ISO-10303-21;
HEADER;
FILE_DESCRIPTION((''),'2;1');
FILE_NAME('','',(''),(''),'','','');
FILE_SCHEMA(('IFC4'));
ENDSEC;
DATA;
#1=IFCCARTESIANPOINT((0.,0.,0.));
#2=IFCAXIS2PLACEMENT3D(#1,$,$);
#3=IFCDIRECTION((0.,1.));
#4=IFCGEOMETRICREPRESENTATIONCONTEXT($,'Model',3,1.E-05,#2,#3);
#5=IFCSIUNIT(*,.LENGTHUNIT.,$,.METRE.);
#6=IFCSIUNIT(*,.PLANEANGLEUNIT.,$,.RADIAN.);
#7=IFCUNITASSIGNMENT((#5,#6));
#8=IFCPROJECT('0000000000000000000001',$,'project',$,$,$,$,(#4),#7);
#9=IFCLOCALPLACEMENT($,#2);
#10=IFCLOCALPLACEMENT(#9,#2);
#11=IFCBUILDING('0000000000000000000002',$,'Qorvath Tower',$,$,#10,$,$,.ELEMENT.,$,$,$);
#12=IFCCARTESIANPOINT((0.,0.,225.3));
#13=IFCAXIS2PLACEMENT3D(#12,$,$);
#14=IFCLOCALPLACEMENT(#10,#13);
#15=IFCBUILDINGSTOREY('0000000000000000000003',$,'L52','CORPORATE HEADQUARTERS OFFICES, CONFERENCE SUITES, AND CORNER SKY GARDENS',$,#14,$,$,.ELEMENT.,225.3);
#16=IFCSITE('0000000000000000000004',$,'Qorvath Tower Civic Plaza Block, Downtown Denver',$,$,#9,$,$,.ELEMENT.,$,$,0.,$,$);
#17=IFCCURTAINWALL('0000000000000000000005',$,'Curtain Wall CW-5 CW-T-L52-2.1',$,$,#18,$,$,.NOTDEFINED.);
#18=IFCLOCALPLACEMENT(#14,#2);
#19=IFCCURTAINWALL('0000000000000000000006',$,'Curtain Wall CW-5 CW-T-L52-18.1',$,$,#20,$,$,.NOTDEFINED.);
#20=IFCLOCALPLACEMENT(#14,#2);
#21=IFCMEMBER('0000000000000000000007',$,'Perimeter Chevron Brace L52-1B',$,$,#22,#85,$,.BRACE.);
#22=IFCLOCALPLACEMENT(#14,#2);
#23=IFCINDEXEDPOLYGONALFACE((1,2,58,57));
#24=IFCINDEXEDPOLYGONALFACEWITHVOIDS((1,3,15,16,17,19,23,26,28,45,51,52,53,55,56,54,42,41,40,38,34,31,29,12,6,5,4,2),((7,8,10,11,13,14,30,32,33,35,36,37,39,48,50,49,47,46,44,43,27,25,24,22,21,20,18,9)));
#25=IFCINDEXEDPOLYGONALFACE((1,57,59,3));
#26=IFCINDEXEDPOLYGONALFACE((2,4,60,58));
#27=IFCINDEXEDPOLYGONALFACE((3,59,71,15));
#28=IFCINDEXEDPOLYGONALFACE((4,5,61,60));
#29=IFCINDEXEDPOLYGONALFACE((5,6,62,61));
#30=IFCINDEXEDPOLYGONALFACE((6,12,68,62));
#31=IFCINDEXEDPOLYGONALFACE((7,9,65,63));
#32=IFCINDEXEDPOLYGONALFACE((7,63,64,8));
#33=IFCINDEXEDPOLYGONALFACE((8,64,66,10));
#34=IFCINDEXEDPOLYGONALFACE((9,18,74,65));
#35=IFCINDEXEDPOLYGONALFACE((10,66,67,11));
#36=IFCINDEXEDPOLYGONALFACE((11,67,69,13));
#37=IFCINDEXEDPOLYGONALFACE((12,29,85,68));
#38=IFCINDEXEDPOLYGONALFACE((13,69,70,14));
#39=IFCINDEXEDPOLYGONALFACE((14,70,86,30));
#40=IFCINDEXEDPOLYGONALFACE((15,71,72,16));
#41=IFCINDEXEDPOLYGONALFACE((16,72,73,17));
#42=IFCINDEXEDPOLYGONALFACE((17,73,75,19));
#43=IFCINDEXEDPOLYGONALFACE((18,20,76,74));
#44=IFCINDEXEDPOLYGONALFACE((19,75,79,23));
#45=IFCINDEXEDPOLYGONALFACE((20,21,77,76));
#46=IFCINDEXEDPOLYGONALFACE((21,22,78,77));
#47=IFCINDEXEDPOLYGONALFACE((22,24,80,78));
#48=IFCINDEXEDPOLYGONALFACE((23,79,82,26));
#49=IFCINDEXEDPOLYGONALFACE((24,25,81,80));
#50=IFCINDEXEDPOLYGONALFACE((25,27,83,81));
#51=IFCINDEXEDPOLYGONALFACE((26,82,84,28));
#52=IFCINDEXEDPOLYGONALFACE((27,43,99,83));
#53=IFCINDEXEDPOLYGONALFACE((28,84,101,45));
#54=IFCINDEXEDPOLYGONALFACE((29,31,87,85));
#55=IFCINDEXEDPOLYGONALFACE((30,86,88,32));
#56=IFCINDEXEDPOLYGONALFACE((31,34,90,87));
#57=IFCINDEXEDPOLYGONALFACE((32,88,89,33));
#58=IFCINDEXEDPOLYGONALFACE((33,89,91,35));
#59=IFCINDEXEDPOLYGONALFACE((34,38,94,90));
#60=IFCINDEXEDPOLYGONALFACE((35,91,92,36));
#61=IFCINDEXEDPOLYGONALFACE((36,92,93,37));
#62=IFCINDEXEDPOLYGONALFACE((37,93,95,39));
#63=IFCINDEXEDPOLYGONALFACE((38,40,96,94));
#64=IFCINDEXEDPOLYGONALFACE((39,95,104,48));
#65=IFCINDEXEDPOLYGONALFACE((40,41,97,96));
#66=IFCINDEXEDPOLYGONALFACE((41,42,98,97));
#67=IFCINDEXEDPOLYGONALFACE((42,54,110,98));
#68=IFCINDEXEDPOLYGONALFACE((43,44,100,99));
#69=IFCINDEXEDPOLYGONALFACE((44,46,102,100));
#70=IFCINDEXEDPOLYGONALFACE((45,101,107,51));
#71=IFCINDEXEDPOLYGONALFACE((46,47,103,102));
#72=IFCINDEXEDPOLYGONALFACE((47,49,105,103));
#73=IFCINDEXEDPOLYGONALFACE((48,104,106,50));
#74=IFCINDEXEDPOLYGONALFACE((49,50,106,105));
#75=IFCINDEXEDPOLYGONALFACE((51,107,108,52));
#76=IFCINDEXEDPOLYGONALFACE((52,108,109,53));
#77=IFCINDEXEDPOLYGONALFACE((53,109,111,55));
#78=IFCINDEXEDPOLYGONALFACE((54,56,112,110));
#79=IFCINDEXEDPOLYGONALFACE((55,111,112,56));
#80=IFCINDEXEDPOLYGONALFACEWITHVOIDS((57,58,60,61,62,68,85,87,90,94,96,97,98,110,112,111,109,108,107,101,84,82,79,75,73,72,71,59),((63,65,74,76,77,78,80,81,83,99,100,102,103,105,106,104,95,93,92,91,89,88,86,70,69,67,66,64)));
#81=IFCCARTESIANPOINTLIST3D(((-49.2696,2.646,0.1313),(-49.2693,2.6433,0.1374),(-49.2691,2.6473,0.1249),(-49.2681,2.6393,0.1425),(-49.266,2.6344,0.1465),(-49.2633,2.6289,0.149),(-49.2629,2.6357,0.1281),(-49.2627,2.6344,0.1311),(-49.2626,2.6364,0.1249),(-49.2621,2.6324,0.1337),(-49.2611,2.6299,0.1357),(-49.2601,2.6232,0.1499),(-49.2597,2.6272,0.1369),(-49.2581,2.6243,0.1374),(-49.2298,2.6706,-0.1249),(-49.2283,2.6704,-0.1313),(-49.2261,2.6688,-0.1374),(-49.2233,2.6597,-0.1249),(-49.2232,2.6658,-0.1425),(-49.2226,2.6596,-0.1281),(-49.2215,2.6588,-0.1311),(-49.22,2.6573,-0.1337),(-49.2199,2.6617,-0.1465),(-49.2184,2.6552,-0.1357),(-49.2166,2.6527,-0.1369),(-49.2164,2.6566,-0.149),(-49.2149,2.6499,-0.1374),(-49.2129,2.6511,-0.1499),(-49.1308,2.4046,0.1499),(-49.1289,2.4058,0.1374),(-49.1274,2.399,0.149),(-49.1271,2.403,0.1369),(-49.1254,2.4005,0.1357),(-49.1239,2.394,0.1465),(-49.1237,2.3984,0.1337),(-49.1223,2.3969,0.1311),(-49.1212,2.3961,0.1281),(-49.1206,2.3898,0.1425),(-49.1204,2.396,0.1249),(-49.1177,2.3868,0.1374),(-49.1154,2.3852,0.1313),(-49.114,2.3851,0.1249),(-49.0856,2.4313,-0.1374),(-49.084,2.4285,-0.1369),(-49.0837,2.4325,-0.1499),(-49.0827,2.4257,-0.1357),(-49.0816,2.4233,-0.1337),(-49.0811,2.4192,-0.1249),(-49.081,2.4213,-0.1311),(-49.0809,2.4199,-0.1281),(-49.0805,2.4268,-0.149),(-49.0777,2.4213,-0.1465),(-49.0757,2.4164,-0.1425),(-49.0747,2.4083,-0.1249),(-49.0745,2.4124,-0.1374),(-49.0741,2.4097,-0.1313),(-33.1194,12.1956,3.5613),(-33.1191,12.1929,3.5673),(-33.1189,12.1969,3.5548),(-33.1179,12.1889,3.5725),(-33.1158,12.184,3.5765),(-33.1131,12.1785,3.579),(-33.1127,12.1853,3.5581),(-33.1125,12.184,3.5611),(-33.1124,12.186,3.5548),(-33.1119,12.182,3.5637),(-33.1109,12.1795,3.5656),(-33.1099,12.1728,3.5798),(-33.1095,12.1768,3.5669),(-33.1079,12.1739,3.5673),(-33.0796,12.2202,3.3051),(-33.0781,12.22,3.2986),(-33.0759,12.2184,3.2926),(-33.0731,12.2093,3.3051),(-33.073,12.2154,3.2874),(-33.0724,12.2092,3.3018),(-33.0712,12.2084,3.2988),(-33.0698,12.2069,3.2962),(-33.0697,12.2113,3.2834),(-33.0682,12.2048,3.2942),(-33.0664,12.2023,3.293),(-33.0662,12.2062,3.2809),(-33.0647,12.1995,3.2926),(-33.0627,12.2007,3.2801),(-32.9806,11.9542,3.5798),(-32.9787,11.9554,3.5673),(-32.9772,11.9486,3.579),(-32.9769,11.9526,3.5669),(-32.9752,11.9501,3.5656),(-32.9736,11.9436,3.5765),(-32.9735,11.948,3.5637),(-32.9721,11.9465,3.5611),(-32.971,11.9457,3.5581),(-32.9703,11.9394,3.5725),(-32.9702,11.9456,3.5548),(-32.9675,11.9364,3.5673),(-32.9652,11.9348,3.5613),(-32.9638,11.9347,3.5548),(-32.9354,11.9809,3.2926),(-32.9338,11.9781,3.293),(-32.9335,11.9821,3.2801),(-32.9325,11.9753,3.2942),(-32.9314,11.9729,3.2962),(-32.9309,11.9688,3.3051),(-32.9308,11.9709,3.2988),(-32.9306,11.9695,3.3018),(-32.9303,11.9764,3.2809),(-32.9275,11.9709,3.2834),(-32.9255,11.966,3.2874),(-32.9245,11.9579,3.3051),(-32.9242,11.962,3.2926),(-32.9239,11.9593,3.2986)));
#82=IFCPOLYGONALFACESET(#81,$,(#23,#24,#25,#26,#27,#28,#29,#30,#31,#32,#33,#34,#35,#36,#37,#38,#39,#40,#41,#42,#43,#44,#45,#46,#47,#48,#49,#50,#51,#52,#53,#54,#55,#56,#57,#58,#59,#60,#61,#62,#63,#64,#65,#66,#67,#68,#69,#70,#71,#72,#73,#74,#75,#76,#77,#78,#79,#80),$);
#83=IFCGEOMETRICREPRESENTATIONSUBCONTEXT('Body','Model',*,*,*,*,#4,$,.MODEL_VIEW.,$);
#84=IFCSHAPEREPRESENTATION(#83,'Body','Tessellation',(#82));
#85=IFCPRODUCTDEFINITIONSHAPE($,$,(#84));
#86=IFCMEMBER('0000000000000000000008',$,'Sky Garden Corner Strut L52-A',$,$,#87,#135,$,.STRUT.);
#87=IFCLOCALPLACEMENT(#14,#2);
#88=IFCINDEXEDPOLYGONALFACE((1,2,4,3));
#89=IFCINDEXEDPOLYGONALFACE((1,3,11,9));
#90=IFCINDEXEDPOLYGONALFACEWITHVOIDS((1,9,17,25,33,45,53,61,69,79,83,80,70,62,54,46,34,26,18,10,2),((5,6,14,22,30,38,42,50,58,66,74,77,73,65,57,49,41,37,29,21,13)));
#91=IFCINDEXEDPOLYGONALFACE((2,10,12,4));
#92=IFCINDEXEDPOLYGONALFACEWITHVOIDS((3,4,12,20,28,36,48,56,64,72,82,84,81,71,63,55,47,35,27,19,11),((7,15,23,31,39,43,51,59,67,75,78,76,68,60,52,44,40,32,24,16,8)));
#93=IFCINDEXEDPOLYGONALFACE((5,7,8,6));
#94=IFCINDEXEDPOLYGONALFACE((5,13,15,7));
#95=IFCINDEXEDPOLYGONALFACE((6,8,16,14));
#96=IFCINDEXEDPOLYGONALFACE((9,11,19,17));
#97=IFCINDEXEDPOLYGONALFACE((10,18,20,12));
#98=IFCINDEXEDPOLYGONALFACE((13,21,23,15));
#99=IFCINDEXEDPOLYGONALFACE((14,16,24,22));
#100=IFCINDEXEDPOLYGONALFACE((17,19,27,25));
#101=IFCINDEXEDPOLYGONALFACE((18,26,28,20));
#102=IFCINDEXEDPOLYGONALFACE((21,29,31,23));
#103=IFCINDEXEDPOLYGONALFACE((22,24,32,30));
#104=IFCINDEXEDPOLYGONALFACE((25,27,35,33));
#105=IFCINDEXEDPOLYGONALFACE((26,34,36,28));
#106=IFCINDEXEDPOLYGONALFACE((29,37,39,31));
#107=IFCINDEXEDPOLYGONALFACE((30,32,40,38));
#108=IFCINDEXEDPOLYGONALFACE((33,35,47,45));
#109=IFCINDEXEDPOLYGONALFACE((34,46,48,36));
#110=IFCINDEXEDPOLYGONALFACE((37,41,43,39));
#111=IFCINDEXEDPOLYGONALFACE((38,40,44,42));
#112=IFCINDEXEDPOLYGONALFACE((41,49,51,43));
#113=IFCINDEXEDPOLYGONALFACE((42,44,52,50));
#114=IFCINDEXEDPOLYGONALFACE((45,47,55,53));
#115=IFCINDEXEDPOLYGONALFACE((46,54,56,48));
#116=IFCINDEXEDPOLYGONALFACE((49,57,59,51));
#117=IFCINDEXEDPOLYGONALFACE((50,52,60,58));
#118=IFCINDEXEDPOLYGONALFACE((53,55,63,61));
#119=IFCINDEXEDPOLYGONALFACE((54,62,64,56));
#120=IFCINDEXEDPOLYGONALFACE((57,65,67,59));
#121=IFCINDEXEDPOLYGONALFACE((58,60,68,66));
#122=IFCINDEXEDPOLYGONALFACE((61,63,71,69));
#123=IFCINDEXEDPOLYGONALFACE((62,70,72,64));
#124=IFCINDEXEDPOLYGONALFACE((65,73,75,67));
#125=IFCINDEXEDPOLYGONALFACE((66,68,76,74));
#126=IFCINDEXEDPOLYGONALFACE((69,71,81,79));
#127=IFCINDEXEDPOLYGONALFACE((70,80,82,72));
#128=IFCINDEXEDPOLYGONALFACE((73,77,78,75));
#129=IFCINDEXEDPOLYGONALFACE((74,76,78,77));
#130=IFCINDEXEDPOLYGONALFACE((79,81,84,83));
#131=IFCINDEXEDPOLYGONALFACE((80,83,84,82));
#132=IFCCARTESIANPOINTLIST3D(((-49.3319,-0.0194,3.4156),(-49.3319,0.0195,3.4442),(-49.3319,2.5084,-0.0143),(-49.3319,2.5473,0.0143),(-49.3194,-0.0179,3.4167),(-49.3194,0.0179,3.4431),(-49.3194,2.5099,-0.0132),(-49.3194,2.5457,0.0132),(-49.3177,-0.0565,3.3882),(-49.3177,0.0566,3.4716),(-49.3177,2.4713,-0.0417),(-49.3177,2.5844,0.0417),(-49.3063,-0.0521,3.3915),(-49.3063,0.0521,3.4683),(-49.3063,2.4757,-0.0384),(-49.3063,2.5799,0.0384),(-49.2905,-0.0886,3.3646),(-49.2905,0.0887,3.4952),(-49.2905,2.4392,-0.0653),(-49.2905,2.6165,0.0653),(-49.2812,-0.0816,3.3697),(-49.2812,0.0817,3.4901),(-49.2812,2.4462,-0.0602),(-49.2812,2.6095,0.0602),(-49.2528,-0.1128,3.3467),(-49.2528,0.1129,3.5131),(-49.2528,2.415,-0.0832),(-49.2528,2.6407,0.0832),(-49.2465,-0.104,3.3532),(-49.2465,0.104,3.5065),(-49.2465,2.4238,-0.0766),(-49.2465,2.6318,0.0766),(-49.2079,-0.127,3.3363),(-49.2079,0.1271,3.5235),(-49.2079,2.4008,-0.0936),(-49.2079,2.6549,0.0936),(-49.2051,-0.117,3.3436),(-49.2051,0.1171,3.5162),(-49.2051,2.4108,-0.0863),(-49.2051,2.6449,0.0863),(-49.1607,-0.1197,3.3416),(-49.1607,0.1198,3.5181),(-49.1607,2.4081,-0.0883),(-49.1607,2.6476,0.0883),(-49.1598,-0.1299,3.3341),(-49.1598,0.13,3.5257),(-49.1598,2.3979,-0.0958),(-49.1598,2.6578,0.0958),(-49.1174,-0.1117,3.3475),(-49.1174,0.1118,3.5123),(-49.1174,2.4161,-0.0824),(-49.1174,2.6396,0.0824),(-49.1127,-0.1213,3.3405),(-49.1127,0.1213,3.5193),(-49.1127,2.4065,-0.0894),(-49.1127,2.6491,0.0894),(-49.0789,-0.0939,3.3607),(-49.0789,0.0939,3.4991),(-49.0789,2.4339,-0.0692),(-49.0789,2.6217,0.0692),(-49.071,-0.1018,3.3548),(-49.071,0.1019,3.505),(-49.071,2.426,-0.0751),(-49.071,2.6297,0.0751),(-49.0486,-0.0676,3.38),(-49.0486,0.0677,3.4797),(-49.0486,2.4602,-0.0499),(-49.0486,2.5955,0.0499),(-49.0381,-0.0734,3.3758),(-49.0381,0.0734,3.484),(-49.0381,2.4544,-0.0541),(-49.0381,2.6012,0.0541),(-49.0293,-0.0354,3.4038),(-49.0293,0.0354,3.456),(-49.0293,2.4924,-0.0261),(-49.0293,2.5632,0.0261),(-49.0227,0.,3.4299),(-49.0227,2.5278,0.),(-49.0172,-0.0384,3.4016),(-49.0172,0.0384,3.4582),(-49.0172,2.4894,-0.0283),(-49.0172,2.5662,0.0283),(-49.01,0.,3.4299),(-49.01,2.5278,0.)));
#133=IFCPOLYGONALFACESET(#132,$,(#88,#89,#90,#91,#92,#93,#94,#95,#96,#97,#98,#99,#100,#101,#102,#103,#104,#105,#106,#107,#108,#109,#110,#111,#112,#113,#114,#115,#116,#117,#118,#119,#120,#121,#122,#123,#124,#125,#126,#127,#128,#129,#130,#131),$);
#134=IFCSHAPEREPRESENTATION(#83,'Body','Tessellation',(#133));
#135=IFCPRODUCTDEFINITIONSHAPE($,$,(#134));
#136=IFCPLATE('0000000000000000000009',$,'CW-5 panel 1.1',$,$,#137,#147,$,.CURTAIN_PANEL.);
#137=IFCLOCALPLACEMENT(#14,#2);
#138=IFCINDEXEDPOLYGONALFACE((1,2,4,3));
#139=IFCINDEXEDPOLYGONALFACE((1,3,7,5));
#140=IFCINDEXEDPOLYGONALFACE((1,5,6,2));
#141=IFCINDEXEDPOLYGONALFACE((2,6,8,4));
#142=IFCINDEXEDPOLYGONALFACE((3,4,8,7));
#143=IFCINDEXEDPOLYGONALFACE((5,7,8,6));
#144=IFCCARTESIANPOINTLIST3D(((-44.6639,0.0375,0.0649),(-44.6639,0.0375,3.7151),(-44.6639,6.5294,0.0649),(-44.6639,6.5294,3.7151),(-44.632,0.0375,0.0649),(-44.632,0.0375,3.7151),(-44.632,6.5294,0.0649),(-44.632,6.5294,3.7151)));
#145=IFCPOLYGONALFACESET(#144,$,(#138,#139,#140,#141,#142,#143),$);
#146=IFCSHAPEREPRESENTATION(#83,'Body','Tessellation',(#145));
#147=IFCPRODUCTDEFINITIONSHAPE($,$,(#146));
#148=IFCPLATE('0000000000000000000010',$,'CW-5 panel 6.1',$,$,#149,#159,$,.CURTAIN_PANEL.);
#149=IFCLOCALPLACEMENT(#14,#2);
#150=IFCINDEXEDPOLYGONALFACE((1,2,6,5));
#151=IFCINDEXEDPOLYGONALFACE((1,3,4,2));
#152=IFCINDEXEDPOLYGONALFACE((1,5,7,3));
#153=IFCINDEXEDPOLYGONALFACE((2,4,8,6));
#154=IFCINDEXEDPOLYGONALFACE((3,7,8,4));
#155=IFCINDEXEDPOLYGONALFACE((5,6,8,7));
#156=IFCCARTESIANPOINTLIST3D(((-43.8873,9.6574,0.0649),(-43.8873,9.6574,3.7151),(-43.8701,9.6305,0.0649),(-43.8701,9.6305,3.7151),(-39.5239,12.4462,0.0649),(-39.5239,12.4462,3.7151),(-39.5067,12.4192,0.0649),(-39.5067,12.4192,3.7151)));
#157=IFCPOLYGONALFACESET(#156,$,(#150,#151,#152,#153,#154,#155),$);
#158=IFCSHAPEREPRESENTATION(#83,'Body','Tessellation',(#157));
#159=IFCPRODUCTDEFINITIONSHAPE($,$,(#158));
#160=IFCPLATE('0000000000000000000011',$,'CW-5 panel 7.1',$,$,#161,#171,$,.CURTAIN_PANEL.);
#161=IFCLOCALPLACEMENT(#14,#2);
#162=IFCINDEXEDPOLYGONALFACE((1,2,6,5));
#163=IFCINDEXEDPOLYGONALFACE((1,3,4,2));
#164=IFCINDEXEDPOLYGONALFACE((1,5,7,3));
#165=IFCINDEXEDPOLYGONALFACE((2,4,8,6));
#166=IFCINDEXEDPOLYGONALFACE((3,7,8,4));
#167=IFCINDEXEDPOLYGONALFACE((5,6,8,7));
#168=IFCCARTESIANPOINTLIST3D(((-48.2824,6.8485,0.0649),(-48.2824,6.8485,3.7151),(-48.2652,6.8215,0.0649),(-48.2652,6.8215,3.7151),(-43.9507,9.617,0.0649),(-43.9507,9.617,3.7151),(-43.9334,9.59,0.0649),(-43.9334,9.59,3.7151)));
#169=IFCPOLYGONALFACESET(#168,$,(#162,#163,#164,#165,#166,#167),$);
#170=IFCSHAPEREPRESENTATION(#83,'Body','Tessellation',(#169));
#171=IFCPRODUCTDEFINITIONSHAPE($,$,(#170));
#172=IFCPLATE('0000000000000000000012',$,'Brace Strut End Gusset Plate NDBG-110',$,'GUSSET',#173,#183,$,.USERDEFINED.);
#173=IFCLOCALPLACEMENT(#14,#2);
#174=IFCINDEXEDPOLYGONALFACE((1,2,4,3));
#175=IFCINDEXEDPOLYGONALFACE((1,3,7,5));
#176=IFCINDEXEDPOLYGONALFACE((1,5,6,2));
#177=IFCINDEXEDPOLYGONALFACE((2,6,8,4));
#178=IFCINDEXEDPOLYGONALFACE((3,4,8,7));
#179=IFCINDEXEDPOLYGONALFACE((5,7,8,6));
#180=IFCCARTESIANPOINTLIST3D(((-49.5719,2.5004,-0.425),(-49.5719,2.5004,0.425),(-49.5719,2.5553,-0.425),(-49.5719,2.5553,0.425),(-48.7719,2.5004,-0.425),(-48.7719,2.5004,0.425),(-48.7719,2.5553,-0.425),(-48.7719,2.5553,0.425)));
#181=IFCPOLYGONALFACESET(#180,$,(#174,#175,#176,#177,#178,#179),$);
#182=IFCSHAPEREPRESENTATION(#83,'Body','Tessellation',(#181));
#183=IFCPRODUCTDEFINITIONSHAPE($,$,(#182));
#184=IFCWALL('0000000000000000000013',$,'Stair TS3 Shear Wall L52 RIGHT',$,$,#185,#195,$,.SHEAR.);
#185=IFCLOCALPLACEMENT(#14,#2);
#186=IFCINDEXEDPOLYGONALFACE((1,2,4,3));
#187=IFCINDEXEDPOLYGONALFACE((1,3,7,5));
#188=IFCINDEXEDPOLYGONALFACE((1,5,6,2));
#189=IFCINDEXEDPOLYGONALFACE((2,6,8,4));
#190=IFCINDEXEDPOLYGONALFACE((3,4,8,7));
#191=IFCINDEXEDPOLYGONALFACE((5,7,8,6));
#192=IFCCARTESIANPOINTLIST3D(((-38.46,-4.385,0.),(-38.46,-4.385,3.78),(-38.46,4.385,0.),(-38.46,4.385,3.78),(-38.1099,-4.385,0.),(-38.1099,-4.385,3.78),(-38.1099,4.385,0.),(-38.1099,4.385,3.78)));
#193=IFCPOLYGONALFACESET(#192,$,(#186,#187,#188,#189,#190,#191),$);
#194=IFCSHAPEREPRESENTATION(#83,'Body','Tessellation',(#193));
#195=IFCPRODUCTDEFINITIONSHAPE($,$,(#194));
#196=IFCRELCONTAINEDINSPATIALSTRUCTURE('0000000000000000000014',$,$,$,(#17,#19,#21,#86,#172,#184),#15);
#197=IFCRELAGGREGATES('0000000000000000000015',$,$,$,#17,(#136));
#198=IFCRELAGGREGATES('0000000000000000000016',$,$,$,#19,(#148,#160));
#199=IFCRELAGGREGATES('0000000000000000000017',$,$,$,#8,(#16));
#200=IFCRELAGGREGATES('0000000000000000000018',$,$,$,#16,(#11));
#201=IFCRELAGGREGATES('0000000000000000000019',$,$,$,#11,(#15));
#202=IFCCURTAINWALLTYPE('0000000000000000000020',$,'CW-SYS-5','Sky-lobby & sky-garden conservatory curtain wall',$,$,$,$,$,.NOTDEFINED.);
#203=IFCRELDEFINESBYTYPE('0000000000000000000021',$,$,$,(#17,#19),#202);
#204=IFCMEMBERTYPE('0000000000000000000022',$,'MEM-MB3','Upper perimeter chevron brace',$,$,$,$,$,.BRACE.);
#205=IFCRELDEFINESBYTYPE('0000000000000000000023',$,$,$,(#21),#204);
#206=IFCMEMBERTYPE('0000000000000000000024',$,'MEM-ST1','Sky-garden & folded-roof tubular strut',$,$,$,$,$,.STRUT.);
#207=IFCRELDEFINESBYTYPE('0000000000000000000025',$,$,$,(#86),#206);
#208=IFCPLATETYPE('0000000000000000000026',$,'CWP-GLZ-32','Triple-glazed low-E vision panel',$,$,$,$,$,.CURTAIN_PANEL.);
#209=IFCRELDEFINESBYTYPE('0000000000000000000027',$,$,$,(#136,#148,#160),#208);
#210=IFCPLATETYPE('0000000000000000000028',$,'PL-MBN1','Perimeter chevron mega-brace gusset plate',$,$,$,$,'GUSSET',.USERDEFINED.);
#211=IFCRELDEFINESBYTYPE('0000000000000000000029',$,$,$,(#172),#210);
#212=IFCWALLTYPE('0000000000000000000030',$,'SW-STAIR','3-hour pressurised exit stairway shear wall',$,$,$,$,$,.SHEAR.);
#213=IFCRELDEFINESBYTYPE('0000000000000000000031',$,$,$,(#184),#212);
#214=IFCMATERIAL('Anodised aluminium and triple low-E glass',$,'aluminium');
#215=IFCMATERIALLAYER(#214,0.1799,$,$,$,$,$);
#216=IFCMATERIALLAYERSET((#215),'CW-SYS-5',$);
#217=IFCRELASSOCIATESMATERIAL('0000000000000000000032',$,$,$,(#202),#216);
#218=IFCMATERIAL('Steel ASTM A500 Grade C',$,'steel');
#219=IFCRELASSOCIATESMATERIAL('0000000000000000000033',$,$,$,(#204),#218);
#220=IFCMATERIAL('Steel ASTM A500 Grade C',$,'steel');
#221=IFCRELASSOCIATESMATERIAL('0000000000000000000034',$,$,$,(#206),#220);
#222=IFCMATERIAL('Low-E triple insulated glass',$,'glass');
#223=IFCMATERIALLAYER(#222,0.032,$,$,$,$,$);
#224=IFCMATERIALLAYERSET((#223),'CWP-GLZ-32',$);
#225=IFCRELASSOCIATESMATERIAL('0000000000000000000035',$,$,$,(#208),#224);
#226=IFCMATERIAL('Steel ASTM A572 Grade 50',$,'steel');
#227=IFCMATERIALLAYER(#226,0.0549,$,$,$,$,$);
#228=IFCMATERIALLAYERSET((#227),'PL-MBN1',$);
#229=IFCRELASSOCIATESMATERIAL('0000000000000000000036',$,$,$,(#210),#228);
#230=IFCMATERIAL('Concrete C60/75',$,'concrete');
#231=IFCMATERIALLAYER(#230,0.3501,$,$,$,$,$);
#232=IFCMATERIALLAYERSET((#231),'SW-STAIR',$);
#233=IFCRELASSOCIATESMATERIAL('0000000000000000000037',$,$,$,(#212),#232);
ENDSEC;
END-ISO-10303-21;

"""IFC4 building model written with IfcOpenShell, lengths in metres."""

from ifc_helpers import new_model, si_unit, direction, frame, frame_2d, origin, origin_2d, place, context, subcontext, project, spatial, rectangle, hollow_rectangle, hollow_circle, extrude, material, layer, layer_set, material_profile, profile_set, type_object, element, aggregate, save


model = new_model("IFC4")

# Units and contexts
model_context = context("Model", 3, precision=1e-05, world=origin(), true_north=direction((0.0, 1.0)))
body_context = subcontext(model_context, "Body", "Model", "MODEL_VIEW")
ifc_project = project(units=[si_unit("LENGTHUNIT", "METRE"), si_unit("PLANEANGLEUNIT", "RADIAN")], contexts=[model_context])

# Site, building, storey
site_placement = place(None, origin())
site = spatial("IfcSite", under=ifc_project, at=site_placement, Name="Qorvath Tower Civic Plaza Block, Downtown Denver", CompositionType="ELEMENT", RefElevation=0.0)
building_placement = place(site_placement, origin())
building = spatial("IfcBuilding", under=site, at=building_placement, Name="Qorvath Tower", CompositionType="ELEMENT")
storey_placement = place(building_placement, frame((0.0, 0.0, 225.3)))
storey = spatial("IfcBuildingStorey", under=building, at=storey_placement, Name="L52", Description="CORPORATE HEADQUARTERS OFFICES, CONFERENCE SUITES, AND CORNER SKY GARDENS", CompositionType="ELEMENT", Elevation=225.3)

# Curtain walls
ifc_material_1 = material(Name="Anodised aluminium and triple low-E glass", Category="aluminium")
ifc_layer_1 = layer(ifc_material_1, 0.1799)
ifc_layer_set_1 = layer_set([ifc_layer_1], Name="CW-SYS-5")
curtain_wall_type = type_object("IfcCurtainWallType", Name="CW-SYS-5", Description="Sky-lobby & sky-garden conservatory curtain wall", PredefinedType="NOTDEFINED", material=ifc_layer_set_1)
curtain_wall_1_placement = place(storey_placement, origin())
curtain_wall_1 = element("IfcCurtainWall", 1, at=curtain_wall_1_placement, inside=storey, type_object=curtain_wall_type, Name="Curtain Wall CW-5 CW-T-L52-2.1", PredefinedType="NOTDEFINED")
curtain_wall_2_placement = place(storey_placement, origin())
curtain_wall_2 = element("IfcCurtainWall", 2, at=curtain_wall_2_placement, inside=storey, type_object=curtain_wall_type, Name="Curtain Wall CW-5 CW-T-L52-18.1", PredefinedType="NOTDEFINED")

# Members
ifc_material_2 = material(Name="Steel ASTM A500 Grade C", Category="steel")
ifc_material_profile_1 = material_profile(ifc_material_2, hollow_rectangle(XDim=0.3047, YDim=0.3047, WallThickness=0.0127, InnerFilletRadius=0.0127, OuterFilletRadius=0.0254, at=origin_2d()), Name="HSS 305x305x12.7")
ifc_profile_set_1 = profile_set([ifc_material_profile_1], Name="Steel ASTM A500 Grade C")
member_type_1 = type_object("IfcMemberType", Name="MEM-MB3", Description="Upper perimeter chevron brace", PredefinedType="BRACE", material=ifc_profile_set_1)
member_1_placement = place(storey_placement, frame((-49.1719, 2.5278, 0.0), z_axis=(0.846747, 0.50068, 0.17983), x_axis=(-0.508978, 0.86078, 0.0)))
element("IfcMember", 3, at=member_1_placement, inside=storey, type_object=member_type_1, Name="Perimeter Chevron Brace L52-1B", PredefinedType="BRACE", context=body_context, shape_type="SweptSolid", body=[
    extrude(hollow_rectangle(XDim=0.3047, YDim=0.3047, WallThickness=0.0127, InnerFilletRadius=0.0127, OuterFilletRadius=0.0254, at=origin_2d()), origin(), (0.0, 0.0, 1.0), 19.0732),
])
ifc_material_3 = material(Name="Steel ASTM A500 Grade C", Category="steel")
ifc_material_profile_2 = material_profile(ifc_material_3, hollow_circle(Radius=0.1619, WallThickness=0.0127, at=origin_2d()), Name="CHS 324x12.7")
ifc_profile_set_2 = profile_set([ifc_material_profile_2], Name="Steel ASTM A500 Grade C")
member_type_2 = type_object("IfcMemberType", Name="MEM-ST1", Description="Sky-garden & folded-roof tubular strut", PredefinedType="STRUT", material=ifc_profile_set_2)
member_2_placement = place(storey_placement, frame((-49.1719, 2.5278, 0.0), z_axis=(0.0, -0.593277, 0.804998), x_axis=(1.0, 0.0, 0.0)))
element("IfcMember", 4, at=member_2_placement, inside=storey, type_object=member_type_2, Name="Sky Garden Corner Strut L52-A", PredefinedType="STRUT", context=body_context, shape_type="SweptSolid", body=[
    extrude(hollow_circle(Radius=0.1619, WallThickness=0.0127, at=origin_2d()), origin(), (0.0, 0.0, 1.0), 4.2607),
])

# Plates
ifc_material_4 = material(Name="Low-E triple insulated glass", Category="glass")
ifc_layer_2 = layer(ifc_material_4, 0.032)
ifc_layer_set_2 = layer_set([ifc_layer_2], Name="CWP-GLZ-32")
plate_type_1 = type_object("IfcPlateType", Name="CWP-GLZ-32", Description="Triple-glazed low-E vision panel", PredefinedType="CURTAIN_PANEL", material=ifc_layer_set_2)
plate_1_placement = place(storey_placement, frame((-44.6479, 3.2834, 0.0649), z_axis=(0.0, 0.0, 1.0), x_axis=(0.0, -1.0, 0.0)))
plate_1 = element("IfcPlate", 5, at=plate_1_placement, type_object=plate_type_1, Name="CW-5 panel 1.1", PredefinedType="CURTAIN_PANEL", context=body_context, shape_type="SweptSolid", body=[
    extrude(rectangle(XDim=6.4919, YDim=0.032, at=origin_2d()), origin(), (0.0, 0.0, 1.0), 3.6501),
])
aggregate(curtain_wall_1, [plate_1])
plate_2_placement = place(storey_placement, frame((-41.697, 11.0383, 0.0649), z_axis=(0.0, 0.0, 1.0), x_axis=(-0.842606, -0.538531, 0.0)))
plate_2 = element("IfcPlate", 6, at=plate_2_placement, type_object=plate_type_1, Name="CW-5 panel 6.1", PredefinedType="CURTAIN_PANEL", context=body_context, shape_type="SweptSolid", body=[
    extrude(rectangle(XDim=5.1785, YDim=0.032, at=origin_2d()), origin(), (0.0, 0.0, 1.0), 3.6501),
])
plate_3_placement = place(storey_placement, frame((-46.1079, 8.2192, 0.0649), z_axis=(0.0, 0.0, 1.0), x_axis=(-0.842606, -0.538531, 0.0)))
plate_3 = element("IfcPlate", 7, at=plate_3_placement, type_object=plate_type_1, Name="CW-5 panel 7.1", PredefinedType="CURTAIN_PANEL", context=body_context, shape_type="SweptSolid", body=[
    extrude(rectangle(XDim=5.1409, YDim=0.032, at=origin_2d()), origin(), (0.0, 0.0, 1.0), 3.6501),
])
aggregate(curtain_wall_2, [plate_2, plate_3])
ifc_material_5 = material(Name="Steel ASTM A572 Grade 50", Category="steel")
ifc_layer_3 = layer(ifc_material_5, 0.0549)
ifc_layer_set_3 = layer_set([ifc_layer_3], Name="PL-MBN1")
plate_type_2 = type_object("IfcPlateType", Name="PL-MBN1", Description="Perimeter chevron mega-brace gusset plate", ElementType="GUSSET", PredefinedType="USERDEFINED", material=ifc_layer_set_3)
plate_4_placement = place(storey_placement, frame((-49.1719, 2.5278, -0.425), z_axis=(0.0, 0.0, 1.0), x_axis=(1.0, 0.0, 0.0)))
element("IfcPlate", 8, at=plate_4_placement, inside=storey, type_object=plate_type_2, Name="Brace Strut End Gusset Plate NDBG-110", ObjectType="GUSSET", PredefinedType="USERDEFINED", context=body_context, shape_type="SweptSolid", body=[
    extrude(rectangle(XDim=0.8, YDim=0.0549, at=origin_2d()), origin(), (0.0, 0.0, 1.0), 0.8501),
])

# Wall
ifc_material_6 = material(Name="Concrete C60/75", Category="concrete")
ifc_layer_4 = layer(ifc_material_6, 0.3501)
ifc_layer_set_4 = layer_set([ifc_layer_4], Name="SW-STAIR")
wall_type_1 = type_object("IfcWallType", Name="SW-STAIR", Description="3-hour pressurised exit stairway shear wall", PredefinedType="SHEAR", material=ifc_layer_set_4)
wall_1_placement = place(storey_placement, frame((-38.2849, 4.385, 0.0), z_axis=(0.0, 0.0, 1.0), x_axis=(0.0, -1.0, 0.0)))
element("IfcWall", 9, at=wall_1_placement, inside=storey, type_object=wall_type_1, Name="Stair TS3 Shear Wall L52 RIGHT", PredefinedType="SHEAR", context=body_context, shape_type="SweptSolid", body=[
    extrude(rectangle(XDim=8.77, YDim=0.3501, at=frame_2d((4.385, 0.0))), origin(), (0.0, 0.0, 1.0), 3.78),
])

save(model, "model.ifc")
